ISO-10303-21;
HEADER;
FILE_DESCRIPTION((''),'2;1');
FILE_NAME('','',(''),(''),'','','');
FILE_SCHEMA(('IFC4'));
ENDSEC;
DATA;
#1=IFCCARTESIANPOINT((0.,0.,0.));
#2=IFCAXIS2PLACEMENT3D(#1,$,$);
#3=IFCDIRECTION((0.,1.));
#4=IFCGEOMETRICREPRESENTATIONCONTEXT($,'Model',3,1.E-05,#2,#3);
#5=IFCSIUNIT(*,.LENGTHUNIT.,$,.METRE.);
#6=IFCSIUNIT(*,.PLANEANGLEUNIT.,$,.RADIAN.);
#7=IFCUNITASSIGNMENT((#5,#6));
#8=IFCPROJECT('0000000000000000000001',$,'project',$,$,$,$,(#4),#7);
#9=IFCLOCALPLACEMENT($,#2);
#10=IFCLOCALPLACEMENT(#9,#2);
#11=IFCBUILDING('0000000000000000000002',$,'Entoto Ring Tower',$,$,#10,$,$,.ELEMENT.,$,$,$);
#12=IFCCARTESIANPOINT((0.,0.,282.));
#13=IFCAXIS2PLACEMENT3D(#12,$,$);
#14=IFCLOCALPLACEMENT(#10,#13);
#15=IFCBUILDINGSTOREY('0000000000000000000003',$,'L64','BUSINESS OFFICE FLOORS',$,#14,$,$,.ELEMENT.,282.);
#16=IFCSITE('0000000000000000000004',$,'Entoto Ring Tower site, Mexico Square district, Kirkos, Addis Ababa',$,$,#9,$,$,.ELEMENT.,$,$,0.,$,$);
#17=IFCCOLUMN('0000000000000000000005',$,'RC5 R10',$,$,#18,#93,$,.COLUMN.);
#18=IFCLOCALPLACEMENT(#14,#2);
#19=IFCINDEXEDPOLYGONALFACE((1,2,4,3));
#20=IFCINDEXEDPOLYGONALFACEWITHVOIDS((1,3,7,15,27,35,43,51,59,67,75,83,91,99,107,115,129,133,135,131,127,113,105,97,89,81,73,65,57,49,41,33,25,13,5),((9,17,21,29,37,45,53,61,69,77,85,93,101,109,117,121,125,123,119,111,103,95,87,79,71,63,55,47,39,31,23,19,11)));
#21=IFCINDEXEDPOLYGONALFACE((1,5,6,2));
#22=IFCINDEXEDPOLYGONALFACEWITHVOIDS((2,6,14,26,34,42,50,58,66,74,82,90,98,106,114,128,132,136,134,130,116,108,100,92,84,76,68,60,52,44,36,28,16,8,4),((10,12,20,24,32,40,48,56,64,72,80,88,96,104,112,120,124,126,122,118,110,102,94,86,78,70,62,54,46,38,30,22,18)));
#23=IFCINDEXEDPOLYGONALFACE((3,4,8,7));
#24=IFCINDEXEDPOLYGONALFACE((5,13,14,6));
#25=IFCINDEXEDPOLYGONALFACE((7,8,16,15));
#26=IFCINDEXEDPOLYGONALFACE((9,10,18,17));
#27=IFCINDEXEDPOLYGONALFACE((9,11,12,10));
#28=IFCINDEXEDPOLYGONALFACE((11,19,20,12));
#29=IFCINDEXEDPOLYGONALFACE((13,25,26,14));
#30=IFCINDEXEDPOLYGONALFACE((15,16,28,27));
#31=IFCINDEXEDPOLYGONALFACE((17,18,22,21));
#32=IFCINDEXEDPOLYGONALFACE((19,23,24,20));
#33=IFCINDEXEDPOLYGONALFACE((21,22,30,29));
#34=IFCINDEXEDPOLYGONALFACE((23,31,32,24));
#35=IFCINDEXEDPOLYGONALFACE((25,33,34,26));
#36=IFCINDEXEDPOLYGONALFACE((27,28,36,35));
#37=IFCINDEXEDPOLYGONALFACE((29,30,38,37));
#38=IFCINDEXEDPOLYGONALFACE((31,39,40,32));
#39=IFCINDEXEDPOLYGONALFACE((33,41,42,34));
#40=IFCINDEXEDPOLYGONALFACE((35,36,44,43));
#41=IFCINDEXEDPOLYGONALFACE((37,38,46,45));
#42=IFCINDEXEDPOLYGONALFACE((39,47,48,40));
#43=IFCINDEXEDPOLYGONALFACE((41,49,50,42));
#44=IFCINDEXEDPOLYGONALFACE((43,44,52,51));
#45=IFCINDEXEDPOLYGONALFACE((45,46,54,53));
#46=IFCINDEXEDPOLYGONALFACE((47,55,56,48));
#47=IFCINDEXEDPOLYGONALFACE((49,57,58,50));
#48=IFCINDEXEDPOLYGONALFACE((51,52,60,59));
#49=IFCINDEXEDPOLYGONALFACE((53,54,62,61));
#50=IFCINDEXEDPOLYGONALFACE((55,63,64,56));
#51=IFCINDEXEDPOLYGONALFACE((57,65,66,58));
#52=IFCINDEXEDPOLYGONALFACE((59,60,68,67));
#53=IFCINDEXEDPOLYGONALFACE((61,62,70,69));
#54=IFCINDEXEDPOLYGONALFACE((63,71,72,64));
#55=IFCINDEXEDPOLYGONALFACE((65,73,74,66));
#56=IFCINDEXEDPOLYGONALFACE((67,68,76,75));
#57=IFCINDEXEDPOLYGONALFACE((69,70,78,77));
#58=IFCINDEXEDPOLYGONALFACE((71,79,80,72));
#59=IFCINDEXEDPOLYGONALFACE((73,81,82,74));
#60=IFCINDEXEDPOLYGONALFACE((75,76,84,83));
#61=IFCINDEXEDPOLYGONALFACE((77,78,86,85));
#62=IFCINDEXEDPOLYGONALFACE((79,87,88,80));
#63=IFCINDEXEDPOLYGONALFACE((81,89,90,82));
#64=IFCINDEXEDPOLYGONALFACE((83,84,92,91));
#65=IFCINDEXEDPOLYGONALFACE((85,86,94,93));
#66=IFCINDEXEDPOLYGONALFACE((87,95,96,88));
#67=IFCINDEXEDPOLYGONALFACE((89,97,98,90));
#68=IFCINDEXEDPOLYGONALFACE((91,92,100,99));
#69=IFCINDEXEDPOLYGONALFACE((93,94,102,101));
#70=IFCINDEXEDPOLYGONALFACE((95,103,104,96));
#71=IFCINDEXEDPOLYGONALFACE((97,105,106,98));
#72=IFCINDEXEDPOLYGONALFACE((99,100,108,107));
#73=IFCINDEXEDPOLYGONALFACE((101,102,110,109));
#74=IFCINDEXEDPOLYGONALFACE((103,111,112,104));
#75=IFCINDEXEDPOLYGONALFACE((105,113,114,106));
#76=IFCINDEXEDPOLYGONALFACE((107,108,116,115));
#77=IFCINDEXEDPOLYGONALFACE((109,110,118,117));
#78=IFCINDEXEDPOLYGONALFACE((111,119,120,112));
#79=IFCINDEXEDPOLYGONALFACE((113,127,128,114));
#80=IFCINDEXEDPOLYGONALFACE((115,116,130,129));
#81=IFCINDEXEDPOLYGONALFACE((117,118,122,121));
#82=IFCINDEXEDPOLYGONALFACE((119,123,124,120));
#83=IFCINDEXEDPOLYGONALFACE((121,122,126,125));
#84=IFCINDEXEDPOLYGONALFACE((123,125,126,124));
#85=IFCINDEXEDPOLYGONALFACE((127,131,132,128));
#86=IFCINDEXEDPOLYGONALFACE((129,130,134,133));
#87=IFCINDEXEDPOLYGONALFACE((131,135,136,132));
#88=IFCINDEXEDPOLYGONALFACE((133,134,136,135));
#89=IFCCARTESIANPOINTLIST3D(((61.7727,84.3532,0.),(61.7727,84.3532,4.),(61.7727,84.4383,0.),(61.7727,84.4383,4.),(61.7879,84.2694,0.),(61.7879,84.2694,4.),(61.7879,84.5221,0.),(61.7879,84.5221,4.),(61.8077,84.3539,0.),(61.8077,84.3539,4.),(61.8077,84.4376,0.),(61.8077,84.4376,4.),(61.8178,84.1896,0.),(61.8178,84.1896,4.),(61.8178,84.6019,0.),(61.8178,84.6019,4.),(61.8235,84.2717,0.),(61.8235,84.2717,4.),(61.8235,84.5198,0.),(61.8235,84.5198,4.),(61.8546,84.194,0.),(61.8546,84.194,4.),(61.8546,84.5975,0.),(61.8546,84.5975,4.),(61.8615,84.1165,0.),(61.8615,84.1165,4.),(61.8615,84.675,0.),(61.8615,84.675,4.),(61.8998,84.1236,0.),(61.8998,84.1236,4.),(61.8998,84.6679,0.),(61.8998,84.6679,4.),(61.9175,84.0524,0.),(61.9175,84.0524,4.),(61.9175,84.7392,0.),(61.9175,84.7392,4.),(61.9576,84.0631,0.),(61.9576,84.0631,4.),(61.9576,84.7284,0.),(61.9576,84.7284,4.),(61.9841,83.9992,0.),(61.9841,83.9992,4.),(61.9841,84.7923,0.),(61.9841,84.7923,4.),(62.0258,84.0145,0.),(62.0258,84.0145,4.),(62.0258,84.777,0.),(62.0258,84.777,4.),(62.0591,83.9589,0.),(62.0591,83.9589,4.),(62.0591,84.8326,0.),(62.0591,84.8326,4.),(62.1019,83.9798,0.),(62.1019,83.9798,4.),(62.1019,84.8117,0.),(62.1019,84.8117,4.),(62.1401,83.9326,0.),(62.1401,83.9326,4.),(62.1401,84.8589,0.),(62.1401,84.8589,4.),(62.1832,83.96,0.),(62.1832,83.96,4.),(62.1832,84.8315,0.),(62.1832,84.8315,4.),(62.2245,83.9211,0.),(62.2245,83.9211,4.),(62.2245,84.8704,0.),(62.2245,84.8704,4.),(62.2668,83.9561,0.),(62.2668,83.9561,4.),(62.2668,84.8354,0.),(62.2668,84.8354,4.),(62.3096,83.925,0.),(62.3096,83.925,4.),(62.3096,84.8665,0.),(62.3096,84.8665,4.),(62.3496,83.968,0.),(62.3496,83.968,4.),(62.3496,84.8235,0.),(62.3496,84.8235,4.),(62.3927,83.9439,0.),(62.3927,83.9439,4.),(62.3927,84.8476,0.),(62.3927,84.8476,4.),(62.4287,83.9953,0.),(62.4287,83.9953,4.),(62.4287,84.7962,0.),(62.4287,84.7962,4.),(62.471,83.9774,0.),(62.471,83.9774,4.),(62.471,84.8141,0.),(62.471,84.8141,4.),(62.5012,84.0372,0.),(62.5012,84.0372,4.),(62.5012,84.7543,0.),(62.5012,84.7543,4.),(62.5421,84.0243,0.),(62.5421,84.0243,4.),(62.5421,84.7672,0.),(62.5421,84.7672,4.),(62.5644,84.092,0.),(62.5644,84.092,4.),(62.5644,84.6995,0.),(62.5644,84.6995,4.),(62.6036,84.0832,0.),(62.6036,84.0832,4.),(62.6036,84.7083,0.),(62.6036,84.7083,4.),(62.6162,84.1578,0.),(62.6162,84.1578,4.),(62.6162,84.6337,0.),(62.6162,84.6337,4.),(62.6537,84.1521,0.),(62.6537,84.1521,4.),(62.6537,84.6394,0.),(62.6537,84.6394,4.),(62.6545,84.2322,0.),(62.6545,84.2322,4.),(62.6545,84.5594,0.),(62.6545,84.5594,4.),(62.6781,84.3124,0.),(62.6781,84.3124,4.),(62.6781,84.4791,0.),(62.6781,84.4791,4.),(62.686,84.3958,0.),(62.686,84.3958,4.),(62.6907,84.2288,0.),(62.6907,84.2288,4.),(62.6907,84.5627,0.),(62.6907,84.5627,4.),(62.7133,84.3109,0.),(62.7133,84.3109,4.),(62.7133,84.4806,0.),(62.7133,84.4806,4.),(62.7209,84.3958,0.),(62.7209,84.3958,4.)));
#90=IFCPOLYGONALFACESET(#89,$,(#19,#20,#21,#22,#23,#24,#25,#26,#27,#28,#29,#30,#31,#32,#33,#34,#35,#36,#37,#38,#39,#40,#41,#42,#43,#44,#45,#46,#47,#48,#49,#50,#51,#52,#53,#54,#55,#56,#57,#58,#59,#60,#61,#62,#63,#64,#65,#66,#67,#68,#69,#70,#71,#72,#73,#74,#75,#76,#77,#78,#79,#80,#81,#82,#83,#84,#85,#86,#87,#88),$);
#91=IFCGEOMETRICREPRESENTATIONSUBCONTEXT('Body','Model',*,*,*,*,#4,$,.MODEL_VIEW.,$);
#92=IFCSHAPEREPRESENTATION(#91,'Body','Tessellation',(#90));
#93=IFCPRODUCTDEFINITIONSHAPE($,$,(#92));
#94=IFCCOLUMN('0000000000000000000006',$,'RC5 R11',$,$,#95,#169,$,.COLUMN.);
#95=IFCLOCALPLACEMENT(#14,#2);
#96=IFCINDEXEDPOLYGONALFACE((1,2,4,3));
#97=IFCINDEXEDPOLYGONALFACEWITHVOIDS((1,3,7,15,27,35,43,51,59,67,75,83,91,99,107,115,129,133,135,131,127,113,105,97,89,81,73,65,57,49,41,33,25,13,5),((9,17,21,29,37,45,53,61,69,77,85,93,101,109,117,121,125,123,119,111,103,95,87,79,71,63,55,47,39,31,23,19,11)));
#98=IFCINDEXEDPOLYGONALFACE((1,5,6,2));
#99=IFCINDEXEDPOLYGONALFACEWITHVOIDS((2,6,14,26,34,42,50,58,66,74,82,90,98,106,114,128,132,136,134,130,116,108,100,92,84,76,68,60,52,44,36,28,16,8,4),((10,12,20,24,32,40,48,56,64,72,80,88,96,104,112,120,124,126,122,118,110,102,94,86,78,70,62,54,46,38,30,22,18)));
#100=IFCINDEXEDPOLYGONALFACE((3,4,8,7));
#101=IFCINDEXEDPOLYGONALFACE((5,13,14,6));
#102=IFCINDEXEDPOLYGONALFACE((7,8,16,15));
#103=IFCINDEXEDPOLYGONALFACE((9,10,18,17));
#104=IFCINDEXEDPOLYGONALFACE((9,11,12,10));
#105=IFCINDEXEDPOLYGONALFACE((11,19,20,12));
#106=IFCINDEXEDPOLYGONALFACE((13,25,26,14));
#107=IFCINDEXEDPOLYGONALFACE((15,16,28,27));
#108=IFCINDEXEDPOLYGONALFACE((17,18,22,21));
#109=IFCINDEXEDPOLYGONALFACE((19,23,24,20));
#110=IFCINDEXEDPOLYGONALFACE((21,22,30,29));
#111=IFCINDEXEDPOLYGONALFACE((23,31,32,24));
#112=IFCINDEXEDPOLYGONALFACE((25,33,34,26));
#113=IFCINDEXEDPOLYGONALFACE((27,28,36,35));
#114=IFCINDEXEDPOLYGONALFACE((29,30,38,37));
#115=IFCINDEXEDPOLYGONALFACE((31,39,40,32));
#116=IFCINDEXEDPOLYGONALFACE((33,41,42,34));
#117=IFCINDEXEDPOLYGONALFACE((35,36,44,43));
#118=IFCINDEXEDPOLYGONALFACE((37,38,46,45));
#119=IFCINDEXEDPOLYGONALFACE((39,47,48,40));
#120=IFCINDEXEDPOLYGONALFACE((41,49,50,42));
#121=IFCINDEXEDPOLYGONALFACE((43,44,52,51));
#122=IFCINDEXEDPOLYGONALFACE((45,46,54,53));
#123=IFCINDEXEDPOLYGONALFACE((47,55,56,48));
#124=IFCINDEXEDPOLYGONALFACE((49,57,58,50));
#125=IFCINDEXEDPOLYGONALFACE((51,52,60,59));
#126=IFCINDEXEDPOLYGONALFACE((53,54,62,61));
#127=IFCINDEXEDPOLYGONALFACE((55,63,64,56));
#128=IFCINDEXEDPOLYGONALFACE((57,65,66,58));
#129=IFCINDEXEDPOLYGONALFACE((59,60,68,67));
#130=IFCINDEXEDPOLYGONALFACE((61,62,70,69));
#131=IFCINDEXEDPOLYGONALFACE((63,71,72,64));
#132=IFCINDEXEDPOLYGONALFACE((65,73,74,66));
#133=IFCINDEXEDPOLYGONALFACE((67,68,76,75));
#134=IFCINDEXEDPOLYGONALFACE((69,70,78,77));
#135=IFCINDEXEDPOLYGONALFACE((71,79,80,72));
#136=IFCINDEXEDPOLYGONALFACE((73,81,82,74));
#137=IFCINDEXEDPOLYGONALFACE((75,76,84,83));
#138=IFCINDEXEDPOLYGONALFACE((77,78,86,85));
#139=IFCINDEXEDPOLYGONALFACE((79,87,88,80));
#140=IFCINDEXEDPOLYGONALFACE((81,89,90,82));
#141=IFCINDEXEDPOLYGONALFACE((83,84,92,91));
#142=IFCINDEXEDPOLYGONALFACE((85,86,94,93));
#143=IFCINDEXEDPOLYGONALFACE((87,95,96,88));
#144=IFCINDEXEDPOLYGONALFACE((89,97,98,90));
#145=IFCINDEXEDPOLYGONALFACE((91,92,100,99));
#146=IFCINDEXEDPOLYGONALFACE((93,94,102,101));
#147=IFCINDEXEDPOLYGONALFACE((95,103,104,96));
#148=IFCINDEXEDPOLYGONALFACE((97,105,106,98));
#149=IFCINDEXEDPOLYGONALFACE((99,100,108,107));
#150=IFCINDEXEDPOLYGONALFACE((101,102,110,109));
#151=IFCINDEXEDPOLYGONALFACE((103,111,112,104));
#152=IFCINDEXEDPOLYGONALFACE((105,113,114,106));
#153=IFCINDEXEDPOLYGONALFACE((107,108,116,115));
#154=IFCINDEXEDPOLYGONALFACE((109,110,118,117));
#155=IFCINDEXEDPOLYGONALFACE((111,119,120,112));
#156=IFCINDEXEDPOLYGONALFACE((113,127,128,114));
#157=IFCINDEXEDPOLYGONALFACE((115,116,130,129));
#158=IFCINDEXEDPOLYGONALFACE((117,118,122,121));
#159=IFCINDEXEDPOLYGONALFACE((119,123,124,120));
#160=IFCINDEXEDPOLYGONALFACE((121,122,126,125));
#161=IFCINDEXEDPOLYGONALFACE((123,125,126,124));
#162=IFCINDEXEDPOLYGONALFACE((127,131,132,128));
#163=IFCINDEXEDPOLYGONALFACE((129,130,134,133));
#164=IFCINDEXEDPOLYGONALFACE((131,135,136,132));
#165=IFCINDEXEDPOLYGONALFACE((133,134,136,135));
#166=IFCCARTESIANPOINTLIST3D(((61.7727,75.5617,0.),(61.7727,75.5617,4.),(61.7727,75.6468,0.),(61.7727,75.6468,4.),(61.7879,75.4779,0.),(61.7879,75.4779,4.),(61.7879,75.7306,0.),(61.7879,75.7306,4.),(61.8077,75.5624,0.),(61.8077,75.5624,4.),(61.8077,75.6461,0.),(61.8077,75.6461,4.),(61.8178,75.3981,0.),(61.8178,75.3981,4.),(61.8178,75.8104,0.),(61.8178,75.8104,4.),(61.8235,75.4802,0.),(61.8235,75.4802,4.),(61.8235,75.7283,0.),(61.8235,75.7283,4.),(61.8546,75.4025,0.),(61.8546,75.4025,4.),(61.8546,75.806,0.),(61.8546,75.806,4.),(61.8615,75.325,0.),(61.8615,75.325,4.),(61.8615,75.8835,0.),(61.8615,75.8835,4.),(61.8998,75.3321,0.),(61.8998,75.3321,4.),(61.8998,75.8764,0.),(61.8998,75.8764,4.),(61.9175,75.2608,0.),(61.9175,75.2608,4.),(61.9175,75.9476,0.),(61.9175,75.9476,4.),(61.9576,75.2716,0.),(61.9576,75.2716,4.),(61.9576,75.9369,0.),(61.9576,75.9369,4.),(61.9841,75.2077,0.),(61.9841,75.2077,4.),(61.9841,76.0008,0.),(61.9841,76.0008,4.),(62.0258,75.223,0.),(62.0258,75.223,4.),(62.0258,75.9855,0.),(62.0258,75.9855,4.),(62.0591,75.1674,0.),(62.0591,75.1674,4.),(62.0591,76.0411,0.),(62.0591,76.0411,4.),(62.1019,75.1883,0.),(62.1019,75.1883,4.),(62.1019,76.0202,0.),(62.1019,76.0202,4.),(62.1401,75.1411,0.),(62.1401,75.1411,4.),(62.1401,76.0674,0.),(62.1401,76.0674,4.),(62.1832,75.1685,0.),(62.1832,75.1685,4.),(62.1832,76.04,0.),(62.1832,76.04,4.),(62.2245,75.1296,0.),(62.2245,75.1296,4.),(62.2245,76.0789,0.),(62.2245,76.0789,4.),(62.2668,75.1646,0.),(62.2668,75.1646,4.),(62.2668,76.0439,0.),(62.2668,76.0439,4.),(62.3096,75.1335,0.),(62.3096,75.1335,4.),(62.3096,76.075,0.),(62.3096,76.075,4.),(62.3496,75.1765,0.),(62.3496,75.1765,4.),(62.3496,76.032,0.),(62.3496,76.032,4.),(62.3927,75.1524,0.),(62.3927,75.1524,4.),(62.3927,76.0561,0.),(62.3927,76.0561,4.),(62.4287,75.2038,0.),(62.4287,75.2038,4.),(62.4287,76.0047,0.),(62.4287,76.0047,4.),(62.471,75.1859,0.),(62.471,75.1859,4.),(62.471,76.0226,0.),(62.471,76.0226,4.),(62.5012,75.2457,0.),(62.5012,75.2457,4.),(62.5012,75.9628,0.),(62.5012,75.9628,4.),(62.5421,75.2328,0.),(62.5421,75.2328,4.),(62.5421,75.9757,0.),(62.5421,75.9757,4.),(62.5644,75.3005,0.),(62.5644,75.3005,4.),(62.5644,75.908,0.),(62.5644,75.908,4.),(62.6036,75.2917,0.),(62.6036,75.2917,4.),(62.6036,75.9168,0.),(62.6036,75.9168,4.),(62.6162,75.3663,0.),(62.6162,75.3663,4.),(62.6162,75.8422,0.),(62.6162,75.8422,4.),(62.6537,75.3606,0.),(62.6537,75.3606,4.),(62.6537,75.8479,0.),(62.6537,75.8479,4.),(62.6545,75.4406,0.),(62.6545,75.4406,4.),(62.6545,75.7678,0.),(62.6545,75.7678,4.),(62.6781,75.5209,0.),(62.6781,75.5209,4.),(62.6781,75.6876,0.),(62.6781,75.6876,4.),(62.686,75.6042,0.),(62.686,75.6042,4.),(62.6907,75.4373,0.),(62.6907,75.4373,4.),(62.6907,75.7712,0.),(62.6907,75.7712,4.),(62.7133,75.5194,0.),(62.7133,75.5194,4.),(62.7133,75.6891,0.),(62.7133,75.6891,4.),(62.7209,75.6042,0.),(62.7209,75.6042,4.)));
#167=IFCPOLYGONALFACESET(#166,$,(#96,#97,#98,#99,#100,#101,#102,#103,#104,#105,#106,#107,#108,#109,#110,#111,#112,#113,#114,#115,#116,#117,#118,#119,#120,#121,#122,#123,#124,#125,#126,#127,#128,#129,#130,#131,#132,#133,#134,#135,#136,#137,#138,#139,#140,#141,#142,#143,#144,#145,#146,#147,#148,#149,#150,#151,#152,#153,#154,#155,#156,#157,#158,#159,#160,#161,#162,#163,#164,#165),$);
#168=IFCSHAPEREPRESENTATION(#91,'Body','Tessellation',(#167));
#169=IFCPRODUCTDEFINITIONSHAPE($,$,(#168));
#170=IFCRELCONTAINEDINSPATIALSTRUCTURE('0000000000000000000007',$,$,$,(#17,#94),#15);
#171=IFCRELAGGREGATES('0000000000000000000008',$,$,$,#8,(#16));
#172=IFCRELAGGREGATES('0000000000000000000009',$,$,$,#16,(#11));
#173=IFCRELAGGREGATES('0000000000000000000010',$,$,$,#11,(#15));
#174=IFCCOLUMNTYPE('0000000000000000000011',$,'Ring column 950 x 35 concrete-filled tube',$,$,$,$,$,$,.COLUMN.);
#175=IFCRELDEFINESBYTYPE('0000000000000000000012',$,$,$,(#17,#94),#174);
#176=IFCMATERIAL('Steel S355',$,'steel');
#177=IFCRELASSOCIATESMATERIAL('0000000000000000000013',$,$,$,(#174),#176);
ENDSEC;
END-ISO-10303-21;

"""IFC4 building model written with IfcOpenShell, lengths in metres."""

from ifc_helpers import new_model, si_unit, direction, frame, origin, origin_2d, place, context, subcontext, project, spatial, circle, hollow_circle, extrude, material, material_profile, profile_set, type_object, element, save


model = new_model("IFC4")

# Units and contexts
model_context = context("Model", 3, precision=1e-05, world=origin(), true_north=direction((0.0, 1.0)))
body_context = subcontext(model_context, "Body", "Model", "MODEL_VIEW")
ifc_project = project(units=[si_unit("LENGTHUNIT", "METRE"), si_unit("PLANEANGLEUNIT", "RADIAN")], contexts=[model_context])

# Site, building, storey
site_placement = place(None, origin())
site = spatial("IfcSite", under=ifc_project, at=site_placement, Name="Entoto Ring Tower site, Mexico Square district, Kirkos, Addis Ababa", CompositionType="ELEMENT", RefElevation=0.0)
building_placement = place(site_placement, origin())
building = spatial("IfcBuilding", under=site, at=building_placement, Name="Entoto Ring Tower", CompositionType="ELEMENT")
storey_placement = place(building_placement, frame((0.0, 0.0, 282.0)))
storey = spatial("IfcBuildingStorey", under=building, at=storey_placement, Name="L64", Description="BUSINESS OFFICE FLOORS", CompositionType="ELEMENT", Elevation=282.0)

# Columns
ifc_material_1 = material(Name="Steel S355", Category="steel")
ifc_material_profile_1 = material_profile(ifc_material_1, hollow_circle(Radius=0.4751, WallThickness=0.0349, at=origin_2d()), Name="CHS 950 x 35")
ifc_material_2 = material(Name="Concrete C60/75", Category="concrete")
ifc_material_profile_2 = material_profile(ifc_material_2, circle(Radius=0.4399, at=origin_2d()), Name="Concrete C60/75 infill")
ifc_profile_set_1 = profile_set([ifc_material_profile_1, ifc_material_profile_2], Name="Steel S355")
column_type = type_object("IfcColumnType", Name="Ring column 950 x 35 concrete-filled tube", PredefinedType="COLUMN", material=ifc_profile_set_1)
for number, where, z_axis, x_axis, name in (
    (1, (62.2458, 84.3958, 0.0), (0.0, 0.0, 1.0), (1.0, 0.0, 0.0), "RC5 R10"),
    (2, (62.2458, 75.6042, 0.0), (0.0, 0.0, 1.0), (1.0, 0.0, 0.0), "RC5 R11"),
):
    element("IfcColumn", number, at=place(storey_placement, frame(where, z_axis=z_axis, x_axis=x_axis)), inside=storey, type_object=column_type, Name=name, PredefinedType="COLUMN", context=body_context, shape_type="SweptSolid", body=[
        extrude(hollow_circle(Radius=0.4751, WallThickness=0.0349, at=origin_2d()), origin(), (0.0, 0.0, 1.0), 4.0),
    ])

save(model, "model.ifc")
